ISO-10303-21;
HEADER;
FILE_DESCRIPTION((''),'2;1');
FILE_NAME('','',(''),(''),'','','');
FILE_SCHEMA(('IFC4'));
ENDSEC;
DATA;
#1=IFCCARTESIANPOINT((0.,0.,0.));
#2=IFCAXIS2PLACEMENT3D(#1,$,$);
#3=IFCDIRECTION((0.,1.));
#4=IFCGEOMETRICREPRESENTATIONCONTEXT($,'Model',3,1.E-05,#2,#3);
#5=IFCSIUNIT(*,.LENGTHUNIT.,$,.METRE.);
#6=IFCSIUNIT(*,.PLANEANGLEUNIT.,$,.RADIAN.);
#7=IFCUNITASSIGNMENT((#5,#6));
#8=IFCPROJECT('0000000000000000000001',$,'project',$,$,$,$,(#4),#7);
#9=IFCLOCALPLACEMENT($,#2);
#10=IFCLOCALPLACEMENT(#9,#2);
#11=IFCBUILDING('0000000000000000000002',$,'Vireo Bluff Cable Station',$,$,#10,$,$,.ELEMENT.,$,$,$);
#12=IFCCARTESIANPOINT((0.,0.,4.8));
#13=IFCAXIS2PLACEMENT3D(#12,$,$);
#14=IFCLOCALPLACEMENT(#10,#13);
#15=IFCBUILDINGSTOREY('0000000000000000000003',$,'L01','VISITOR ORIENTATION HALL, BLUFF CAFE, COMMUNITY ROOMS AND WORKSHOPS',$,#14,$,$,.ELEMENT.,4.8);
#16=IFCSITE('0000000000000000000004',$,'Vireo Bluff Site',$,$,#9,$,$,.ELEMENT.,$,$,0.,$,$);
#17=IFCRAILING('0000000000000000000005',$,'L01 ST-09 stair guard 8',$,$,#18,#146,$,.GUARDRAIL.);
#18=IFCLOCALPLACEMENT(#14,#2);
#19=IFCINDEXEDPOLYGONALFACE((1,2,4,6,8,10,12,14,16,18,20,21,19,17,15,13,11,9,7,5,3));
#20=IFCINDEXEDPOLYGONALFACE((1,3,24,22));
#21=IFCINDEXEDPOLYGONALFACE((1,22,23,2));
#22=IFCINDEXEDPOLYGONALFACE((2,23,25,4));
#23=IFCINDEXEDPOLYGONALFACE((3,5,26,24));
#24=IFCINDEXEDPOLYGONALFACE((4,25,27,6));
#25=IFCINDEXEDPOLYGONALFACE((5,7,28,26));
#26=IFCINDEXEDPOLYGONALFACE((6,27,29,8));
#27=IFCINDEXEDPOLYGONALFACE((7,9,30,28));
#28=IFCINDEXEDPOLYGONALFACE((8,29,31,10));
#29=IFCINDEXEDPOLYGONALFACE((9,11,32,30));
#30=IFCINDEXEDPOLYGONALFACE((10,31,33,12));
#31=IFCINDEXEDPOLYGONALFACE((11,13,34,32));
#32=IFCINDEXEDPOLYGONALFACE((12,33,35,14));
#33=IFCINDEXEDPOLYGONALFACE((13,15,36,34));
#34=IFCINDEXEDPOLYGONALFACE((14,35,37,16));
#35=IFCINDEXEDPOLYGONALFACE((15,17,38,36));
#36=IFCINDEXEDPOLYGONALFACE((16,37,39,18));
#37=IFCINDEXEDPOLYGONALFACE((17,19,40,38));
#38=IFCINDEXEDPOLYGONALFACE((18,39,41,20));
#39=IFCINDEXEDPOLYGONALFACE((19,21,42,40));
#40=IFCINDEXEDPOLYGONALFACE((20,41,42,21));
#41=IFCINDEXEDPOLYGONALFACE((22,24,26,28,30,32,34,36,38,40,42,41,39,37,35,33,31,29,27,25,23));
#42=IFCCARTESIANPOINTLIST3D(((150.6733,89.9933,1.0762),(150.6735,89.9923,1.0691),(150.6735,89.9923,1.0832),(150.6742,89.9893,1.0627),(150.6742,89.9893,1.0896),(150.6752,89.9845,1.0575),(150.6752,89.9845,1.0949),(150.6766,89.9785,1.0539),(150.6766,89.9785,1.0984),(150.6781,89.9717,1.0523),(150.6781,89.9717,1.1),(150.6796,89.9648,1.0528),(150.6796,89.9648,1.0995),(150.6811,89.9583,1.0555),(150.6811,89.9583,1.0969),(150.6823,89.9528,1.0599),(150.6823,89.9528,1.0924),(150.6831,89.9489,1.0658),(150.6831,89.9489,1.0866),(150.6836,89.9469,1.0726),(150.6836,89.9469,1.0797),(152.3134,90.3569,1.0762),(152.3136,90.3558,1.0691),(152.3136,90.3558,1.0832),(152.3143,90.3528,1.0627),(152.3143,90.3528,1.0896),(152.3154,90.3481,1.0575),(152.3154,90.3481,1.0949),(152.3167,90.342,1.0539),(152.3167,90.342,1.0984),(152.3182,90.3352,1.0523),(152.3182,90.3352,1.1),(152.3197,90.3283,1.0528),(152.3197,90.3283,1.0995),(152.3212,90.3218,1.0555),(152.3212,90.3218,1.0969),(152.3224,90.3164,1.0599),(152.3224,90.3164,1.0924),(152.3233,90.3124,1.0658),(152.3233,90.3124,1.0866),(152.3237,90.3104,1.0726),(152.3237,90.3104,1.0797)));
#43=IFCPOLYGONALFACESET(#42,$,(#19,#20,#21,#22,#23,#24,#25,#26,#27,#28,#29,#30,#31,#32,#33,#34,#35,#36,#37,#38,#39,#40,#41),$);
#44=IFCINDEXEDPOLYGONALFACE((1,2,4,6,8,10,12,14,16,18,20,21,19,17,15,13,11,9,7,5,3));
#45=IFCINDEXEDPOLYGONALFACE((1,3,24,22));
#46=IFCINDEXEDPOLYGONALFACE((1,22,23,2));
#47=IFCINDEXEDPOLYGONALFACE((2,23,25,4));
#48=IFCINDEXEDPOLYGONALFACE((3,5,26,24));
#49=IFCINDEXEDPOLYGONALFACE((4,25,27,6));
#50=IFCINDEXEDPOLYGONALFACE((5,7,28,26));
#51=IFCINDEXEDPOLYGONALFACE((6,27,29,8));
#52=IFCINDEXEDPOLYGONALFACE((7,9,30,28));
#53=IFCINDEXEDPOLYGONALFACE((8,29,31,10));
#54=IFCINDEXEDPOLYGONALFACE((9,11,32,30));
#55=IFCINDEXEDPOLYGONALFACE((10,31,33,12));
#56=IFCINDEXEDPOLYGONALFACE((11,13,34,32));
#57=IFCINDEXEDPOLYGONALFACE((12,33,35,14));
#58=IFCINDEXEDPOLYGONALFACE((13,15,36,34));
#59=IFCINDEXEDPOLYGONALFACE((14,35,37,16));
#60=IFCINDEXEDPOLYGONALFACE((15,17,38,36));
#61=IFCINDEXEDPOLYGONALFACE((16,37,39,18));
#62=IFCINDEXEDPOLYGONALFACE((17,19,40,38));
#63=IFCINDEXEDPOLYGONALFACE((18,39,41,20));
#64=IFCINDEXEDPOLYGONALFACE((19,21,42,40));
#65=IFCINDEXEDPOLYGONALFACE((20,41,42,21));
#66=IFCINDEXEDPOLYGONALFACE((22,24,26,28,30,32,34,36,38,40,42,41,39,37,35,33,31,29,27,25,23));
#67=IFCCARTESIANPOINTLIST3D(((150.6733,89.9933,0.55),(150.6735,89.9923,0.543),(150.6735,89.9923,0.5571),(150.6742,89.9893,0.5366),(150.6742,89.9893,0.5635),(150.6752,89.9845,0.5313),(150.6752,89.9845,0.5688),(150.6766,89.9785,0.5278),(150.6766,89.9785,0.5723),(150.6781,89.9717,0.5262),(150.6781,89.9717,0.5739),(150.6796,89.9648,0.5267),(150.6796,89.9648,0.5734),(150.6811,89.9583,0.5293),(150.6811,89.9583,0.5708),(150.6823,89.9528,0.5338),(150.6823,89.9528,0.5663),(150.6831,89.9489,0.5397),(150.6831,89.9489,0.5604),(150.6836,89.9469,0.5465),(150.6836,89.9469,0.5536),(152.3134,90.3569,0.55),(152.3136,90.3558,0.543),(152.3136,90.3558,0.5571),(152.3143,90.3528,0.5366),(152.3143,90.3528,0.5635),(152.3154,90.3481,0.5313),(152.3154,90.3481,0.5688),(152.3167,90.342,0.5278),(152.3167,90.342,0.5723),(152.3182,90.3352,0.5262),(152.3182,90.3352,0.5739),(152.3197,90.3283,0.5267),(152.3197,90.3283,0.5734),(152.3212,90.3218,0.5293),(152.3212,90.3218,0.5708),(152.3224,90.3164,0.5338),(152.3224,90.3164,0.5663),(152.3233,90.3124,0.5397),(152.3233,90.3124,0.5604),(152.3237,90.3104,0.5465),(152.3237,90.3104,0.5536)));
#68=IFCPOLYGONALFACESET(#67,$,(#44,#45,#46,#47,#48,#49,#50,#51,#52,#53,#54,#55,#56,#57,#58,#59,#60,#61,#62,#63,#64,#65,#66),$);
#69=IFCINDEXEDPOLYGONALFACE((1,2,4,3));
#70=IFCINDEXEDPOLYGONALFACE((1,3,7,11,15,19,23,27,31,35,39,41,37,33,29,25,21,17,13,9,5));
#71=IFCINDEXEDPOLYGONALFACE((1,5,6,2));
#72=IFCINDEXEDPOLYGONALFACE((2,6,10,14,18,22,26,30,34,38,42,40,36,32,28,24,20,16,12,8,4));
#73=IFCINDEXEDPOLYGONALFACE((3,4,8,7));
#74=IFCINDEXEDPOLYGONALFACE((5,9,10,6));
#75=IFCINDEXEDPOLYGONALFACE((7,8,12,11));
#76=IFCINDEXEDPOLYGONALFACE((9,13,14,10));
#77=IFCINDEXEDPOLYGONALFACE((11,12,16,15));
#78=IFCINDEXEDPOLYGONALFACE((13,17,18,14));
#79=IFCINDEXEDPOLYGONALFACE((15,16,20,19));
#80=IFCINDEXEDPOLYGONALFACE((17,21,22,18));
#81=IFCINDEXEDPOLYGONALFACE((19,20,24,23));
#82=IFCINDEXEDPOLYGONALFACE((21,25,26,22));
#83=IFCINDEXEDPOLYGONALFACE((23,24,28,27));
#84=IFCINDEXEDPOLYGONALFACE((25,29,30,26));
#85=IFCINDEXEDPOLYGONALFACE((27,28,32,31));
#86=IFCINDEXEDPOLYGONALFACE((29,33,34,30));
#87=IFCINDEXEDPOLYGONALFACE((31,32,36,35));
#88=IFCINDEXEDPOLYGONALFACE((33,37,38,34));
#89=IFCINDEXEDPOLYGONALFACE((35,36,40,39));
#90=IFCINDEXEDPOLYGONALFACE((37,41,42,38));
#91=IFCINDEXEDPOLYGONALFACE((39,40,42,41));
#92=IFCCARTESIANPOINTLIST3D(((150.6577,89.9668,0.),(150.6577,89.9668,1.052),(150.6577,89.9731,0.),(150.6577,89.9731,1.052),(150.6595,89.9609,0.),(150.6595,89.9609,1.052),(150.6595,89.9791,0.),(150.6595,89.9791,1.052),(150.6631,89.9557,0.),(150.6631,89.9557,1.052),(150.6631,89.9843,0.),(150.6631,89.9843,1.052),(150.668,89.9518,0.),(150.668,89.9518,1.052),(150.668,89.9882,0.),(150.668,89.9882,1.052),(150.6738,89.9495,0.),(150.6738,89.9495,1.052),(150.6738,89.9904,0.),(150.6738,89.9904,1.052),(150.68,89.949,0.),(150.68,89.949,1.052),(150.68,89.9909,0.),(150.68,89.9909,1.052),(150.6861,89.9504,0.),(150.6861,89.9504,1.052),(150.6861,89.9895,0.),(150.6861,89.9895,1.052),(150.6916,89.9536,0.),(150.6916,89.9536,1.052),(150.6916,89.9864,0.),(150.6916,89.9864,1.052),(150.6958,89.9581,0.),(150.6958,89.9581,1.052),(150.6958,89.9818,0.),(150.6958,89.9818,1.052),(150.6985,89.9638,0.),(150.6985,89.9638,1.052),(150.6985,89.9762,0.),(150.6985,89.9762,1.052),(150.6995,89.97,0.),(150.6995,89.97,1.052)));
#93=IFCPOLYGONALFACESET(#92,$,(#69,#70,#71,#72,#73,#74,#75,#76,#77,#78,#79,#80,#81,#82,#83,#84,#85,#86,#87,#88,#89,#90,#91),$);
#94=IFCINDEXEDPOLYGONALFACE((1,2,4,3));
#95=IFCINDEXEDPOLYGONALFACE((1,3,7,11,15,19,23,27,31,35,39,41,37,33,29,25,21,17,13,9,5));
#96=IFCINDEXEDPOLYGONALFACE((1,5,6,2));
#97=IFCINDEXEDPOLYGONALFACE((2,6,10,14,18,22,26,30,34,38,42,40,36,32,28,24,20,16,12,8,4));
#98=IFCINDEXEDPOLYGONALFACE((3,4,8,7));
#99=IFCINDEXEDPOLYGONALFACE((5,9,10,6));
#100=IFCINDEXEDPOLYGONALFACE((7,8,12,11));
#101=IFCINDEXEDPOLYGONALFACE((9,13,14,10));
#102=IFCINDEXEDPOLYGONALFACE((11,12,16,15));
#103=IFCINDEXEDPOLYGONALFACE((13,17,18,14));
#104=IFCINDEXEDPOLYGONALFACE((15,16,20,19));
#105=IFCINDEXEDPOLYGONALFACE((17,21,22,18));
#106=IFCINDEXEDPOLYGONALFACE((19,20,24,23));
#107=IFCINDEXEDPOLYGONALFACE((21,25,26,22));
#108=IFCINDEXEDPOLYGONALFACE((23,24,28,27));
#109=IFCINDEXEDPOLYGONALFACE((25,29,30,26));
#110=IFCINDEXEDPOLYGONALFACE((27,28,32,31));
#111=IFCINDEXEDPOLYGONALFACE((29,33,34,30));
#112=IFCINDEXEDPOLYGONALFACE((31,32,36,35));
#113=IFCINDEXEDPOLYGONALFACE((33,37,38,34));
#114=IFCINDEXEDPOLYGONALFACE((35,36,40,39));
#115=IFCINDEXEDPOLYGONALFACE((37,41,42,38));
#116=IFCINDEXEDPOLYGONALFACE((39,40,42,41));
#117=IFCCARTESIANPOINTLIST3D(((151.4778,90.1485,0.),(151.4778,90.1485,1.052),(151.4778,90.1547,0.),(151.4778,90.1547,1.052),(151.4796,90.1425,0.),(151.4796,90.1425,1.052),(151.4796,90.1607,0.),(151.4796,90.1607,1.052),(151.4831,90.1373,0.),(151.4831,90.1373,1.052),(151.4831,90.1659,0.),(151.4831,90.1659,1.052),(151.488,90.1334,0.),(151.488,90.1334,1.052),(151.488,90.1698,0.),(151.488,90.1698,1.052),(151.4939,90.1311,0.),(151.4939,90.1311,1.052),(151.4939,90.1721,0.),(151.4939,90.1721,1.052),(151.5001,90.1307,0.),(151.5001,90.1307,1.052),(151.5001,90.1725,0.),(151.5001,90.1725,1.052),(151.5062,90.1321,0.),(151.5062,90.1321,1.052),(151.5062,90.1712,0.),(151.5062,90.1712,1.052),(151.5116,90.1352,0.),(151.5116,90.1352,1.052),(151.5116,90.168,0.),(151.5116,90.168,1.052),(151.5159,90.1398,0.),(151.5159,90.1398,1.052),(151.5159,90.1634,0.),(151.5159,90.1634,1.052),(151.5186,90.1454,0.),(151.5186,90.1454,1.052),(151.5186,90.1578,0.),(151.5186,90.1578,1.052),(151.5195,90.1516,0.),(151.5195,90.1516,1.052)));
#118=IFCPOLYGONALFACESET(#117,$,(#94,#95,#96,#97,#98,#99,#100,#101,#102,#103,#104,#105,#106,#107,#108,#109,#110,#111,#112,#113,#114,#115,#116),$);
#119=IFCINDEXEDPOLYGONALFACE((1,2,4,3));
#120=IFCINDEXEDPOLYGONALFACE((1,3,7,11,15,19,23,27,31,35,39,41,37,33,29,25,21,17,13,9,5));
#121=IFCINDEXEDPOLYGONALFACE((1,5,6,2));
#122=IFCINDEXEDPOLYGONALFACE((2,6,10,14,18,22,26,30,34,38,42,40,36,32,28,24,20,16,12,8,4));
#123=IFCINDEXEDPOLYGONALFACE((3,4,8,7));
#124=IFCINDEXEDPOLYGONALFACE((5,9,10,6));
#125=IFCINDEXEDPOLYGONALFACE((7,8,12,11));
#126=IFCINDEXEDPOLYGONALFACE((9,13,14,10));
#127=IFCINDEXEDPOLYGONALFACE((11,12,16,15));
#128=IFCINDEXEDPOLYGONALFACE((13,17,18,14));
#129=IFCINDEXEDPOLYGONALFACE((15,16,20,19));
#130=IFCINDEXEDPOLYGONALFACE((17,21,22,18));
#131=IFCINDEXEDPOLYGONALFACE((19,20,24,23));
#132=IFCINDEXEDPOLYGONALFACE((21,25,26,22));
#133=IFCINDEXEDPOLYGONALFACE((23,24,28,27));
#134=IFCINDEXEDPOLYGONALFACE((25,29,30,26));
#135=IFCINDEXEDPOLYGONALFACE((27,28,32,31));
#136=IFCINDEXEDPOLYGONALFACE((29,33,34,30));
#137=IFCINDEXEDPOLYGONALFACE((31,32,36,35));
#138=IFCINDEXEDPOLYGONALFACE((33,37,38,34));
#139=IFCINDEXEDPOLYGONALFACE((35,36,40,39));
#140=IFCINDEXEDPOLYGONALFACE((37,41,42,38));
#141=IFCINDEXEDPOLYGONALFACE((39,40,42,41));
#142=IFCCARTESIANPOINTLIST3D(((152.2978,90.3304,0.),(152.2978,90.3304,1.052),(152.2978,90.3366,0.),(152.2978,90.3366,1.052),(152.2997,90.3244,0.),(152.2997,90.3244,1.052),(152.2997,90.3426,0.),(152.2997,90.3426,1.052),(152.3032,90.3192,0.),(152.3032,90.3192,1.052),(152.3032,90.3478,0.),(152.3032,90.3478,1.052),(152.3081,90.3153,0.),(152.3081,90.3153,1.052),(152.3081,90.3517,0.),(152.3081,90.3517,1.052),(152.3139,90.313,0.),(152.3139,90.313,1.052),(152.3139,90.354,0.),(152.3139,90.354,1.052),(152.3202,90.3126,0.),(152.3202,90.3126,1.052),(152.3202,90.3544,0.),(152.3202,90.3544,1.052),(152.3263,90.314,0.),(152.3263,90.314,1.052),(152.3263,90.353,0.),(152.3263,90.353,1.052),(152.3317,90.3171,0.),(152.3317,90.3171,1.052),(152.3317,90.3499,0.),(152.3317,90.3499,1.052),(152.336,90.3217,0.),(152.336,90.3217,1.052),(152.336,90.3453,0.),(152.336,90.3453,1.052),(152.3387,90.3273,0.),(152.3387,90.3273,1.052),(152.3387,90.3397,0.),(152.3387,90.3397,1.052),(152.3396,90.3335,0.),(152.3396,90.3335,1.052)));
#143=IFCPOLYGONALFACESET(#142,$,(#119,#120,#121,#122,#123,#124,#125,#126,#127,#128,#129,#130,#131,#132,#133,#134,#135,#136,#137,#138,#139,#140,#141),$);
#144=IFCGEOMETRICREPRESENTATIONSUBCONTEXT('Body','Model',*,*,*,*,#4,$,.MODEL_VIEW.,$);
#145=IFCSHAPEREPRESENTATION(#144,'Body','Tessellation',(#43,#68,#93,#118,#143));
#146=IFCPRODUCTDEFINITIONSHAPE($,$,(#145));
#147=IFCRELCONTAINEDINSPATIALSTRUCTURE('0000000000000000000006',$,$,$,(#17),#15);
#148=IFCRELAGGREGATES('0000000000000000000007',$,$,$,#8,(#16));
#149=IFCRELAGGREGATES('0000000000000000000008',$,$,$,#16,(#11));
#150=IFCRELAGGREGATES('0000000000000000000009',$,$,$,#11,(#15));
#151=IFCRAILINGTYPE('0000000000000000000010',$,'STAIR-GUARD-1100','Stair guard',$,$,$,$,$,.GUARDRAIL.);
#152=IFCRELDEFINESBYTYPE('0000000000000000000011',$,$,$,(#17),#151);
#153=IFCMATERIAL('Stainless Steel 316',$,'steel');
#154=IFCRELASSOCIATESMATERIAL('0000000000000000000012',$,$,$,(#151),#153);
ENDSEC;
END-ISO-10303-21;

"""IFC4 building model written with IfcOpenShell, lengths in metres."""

from ifc_helpers import new_model, si_unit, direction, frame, origin, origin_2d, place, context, subcontext, project, spatial, circle, extrude, material, type_object, element, save


model = new_model("IFC4")

# Units and contexts
model_context = context("Model", 3, precision=1e-05, world=origin(), true_north=direction((0.0, 1.0)))
body_context = subcontext(model_context, "Body", "Model", "MODEL_VIEW")
ifc_project = project(units=[si_unit("LENGTHUNIT", "METRE"), si_unit("PLANEANGLEUNIT", "RADIAN")], contexts=[model_context])

# Site, building, storey
site_placement = place(None, origin())
site = spatial("IfcSite", under=ifc_project, at=site_placement, Name="Vireo Bluff Site", CompositionType="ELEMENT", RefElevation=0.0)
building_placement = place(site_placement, origin())
building = spatial("IfcBuilding", under=site, at=building_placement, Name="Vireo Bluff Cable Station", CompositionType="ELEMENT")
storey_placement = place(building_placement, frame((0.0, 0.0, 4.8)))
storey = spatial("IfcBuildingStorey", under=building, at=storey_placement, Name="L01", Description="VISITOR ORIENTATION HALL, BLUFF CAFE, COMMUNITY ROOMS AND WORKSHOPS", CompositionType="ELEMENT", Elevation=4.8)

# Railing
ifc_material_1 = material(Name="Stainless Steel 316", Category="steel")
railing_type_1 = type_object("IfcRailingType", Name="STAIR-GUARD-1100", Description="Stair guard", PredefinedType="GUARDRAIL", material=ifc_material_1)
railing_1_placement = place(storey_placement, frame((150.6785, 89.97, 0.0)))
element("IfcRailing", 1, at=railing_1_placement, inside=storey, type_object=railing_type_1, Name="L01 ST-09 stair guard 8", PredefinedType="GUARDRAIL", context=body_context, shape_type="SweptSolid", body=[
    extrude(circle(Radius=0.0239, at=origin_2d()), frame((0.0, 0.0, 1.0762), z_axis=(0.976307, 0.216392, 0.0), x_axis=(-0.216392, 0.976307, 0.0)), (0.0, 0.0, 1.0), 1.6799),
    extrude(circle(Radius=0.0239, at=origin_2d()), frame((0.0, 0.0, 0.55), z_axis=(0.976307, 0.216392, 0.0), x_axis=(-0.216392, 0.976307, 0.0)), (0.0, 0.0, 1.0), 1.6799),
    extrude(circle(Radius=0.021, at=origin_2d()), origin(), (0.0, 0.0, 1.0), 1.052),
    extrude(circle(Radius=0.021, at=origin_2d()), frame((0.8201, 0.1816, 0.0)), (0.0, 0.0, 1.0), 1.052),
    extrude(circle(Radius=0.021, at=origin_2d()), frame((1.6401, 0.3635, 0.0)), (0.0, 0.0, 1.0), 1.052),
])

save(model, "model.ifc")
